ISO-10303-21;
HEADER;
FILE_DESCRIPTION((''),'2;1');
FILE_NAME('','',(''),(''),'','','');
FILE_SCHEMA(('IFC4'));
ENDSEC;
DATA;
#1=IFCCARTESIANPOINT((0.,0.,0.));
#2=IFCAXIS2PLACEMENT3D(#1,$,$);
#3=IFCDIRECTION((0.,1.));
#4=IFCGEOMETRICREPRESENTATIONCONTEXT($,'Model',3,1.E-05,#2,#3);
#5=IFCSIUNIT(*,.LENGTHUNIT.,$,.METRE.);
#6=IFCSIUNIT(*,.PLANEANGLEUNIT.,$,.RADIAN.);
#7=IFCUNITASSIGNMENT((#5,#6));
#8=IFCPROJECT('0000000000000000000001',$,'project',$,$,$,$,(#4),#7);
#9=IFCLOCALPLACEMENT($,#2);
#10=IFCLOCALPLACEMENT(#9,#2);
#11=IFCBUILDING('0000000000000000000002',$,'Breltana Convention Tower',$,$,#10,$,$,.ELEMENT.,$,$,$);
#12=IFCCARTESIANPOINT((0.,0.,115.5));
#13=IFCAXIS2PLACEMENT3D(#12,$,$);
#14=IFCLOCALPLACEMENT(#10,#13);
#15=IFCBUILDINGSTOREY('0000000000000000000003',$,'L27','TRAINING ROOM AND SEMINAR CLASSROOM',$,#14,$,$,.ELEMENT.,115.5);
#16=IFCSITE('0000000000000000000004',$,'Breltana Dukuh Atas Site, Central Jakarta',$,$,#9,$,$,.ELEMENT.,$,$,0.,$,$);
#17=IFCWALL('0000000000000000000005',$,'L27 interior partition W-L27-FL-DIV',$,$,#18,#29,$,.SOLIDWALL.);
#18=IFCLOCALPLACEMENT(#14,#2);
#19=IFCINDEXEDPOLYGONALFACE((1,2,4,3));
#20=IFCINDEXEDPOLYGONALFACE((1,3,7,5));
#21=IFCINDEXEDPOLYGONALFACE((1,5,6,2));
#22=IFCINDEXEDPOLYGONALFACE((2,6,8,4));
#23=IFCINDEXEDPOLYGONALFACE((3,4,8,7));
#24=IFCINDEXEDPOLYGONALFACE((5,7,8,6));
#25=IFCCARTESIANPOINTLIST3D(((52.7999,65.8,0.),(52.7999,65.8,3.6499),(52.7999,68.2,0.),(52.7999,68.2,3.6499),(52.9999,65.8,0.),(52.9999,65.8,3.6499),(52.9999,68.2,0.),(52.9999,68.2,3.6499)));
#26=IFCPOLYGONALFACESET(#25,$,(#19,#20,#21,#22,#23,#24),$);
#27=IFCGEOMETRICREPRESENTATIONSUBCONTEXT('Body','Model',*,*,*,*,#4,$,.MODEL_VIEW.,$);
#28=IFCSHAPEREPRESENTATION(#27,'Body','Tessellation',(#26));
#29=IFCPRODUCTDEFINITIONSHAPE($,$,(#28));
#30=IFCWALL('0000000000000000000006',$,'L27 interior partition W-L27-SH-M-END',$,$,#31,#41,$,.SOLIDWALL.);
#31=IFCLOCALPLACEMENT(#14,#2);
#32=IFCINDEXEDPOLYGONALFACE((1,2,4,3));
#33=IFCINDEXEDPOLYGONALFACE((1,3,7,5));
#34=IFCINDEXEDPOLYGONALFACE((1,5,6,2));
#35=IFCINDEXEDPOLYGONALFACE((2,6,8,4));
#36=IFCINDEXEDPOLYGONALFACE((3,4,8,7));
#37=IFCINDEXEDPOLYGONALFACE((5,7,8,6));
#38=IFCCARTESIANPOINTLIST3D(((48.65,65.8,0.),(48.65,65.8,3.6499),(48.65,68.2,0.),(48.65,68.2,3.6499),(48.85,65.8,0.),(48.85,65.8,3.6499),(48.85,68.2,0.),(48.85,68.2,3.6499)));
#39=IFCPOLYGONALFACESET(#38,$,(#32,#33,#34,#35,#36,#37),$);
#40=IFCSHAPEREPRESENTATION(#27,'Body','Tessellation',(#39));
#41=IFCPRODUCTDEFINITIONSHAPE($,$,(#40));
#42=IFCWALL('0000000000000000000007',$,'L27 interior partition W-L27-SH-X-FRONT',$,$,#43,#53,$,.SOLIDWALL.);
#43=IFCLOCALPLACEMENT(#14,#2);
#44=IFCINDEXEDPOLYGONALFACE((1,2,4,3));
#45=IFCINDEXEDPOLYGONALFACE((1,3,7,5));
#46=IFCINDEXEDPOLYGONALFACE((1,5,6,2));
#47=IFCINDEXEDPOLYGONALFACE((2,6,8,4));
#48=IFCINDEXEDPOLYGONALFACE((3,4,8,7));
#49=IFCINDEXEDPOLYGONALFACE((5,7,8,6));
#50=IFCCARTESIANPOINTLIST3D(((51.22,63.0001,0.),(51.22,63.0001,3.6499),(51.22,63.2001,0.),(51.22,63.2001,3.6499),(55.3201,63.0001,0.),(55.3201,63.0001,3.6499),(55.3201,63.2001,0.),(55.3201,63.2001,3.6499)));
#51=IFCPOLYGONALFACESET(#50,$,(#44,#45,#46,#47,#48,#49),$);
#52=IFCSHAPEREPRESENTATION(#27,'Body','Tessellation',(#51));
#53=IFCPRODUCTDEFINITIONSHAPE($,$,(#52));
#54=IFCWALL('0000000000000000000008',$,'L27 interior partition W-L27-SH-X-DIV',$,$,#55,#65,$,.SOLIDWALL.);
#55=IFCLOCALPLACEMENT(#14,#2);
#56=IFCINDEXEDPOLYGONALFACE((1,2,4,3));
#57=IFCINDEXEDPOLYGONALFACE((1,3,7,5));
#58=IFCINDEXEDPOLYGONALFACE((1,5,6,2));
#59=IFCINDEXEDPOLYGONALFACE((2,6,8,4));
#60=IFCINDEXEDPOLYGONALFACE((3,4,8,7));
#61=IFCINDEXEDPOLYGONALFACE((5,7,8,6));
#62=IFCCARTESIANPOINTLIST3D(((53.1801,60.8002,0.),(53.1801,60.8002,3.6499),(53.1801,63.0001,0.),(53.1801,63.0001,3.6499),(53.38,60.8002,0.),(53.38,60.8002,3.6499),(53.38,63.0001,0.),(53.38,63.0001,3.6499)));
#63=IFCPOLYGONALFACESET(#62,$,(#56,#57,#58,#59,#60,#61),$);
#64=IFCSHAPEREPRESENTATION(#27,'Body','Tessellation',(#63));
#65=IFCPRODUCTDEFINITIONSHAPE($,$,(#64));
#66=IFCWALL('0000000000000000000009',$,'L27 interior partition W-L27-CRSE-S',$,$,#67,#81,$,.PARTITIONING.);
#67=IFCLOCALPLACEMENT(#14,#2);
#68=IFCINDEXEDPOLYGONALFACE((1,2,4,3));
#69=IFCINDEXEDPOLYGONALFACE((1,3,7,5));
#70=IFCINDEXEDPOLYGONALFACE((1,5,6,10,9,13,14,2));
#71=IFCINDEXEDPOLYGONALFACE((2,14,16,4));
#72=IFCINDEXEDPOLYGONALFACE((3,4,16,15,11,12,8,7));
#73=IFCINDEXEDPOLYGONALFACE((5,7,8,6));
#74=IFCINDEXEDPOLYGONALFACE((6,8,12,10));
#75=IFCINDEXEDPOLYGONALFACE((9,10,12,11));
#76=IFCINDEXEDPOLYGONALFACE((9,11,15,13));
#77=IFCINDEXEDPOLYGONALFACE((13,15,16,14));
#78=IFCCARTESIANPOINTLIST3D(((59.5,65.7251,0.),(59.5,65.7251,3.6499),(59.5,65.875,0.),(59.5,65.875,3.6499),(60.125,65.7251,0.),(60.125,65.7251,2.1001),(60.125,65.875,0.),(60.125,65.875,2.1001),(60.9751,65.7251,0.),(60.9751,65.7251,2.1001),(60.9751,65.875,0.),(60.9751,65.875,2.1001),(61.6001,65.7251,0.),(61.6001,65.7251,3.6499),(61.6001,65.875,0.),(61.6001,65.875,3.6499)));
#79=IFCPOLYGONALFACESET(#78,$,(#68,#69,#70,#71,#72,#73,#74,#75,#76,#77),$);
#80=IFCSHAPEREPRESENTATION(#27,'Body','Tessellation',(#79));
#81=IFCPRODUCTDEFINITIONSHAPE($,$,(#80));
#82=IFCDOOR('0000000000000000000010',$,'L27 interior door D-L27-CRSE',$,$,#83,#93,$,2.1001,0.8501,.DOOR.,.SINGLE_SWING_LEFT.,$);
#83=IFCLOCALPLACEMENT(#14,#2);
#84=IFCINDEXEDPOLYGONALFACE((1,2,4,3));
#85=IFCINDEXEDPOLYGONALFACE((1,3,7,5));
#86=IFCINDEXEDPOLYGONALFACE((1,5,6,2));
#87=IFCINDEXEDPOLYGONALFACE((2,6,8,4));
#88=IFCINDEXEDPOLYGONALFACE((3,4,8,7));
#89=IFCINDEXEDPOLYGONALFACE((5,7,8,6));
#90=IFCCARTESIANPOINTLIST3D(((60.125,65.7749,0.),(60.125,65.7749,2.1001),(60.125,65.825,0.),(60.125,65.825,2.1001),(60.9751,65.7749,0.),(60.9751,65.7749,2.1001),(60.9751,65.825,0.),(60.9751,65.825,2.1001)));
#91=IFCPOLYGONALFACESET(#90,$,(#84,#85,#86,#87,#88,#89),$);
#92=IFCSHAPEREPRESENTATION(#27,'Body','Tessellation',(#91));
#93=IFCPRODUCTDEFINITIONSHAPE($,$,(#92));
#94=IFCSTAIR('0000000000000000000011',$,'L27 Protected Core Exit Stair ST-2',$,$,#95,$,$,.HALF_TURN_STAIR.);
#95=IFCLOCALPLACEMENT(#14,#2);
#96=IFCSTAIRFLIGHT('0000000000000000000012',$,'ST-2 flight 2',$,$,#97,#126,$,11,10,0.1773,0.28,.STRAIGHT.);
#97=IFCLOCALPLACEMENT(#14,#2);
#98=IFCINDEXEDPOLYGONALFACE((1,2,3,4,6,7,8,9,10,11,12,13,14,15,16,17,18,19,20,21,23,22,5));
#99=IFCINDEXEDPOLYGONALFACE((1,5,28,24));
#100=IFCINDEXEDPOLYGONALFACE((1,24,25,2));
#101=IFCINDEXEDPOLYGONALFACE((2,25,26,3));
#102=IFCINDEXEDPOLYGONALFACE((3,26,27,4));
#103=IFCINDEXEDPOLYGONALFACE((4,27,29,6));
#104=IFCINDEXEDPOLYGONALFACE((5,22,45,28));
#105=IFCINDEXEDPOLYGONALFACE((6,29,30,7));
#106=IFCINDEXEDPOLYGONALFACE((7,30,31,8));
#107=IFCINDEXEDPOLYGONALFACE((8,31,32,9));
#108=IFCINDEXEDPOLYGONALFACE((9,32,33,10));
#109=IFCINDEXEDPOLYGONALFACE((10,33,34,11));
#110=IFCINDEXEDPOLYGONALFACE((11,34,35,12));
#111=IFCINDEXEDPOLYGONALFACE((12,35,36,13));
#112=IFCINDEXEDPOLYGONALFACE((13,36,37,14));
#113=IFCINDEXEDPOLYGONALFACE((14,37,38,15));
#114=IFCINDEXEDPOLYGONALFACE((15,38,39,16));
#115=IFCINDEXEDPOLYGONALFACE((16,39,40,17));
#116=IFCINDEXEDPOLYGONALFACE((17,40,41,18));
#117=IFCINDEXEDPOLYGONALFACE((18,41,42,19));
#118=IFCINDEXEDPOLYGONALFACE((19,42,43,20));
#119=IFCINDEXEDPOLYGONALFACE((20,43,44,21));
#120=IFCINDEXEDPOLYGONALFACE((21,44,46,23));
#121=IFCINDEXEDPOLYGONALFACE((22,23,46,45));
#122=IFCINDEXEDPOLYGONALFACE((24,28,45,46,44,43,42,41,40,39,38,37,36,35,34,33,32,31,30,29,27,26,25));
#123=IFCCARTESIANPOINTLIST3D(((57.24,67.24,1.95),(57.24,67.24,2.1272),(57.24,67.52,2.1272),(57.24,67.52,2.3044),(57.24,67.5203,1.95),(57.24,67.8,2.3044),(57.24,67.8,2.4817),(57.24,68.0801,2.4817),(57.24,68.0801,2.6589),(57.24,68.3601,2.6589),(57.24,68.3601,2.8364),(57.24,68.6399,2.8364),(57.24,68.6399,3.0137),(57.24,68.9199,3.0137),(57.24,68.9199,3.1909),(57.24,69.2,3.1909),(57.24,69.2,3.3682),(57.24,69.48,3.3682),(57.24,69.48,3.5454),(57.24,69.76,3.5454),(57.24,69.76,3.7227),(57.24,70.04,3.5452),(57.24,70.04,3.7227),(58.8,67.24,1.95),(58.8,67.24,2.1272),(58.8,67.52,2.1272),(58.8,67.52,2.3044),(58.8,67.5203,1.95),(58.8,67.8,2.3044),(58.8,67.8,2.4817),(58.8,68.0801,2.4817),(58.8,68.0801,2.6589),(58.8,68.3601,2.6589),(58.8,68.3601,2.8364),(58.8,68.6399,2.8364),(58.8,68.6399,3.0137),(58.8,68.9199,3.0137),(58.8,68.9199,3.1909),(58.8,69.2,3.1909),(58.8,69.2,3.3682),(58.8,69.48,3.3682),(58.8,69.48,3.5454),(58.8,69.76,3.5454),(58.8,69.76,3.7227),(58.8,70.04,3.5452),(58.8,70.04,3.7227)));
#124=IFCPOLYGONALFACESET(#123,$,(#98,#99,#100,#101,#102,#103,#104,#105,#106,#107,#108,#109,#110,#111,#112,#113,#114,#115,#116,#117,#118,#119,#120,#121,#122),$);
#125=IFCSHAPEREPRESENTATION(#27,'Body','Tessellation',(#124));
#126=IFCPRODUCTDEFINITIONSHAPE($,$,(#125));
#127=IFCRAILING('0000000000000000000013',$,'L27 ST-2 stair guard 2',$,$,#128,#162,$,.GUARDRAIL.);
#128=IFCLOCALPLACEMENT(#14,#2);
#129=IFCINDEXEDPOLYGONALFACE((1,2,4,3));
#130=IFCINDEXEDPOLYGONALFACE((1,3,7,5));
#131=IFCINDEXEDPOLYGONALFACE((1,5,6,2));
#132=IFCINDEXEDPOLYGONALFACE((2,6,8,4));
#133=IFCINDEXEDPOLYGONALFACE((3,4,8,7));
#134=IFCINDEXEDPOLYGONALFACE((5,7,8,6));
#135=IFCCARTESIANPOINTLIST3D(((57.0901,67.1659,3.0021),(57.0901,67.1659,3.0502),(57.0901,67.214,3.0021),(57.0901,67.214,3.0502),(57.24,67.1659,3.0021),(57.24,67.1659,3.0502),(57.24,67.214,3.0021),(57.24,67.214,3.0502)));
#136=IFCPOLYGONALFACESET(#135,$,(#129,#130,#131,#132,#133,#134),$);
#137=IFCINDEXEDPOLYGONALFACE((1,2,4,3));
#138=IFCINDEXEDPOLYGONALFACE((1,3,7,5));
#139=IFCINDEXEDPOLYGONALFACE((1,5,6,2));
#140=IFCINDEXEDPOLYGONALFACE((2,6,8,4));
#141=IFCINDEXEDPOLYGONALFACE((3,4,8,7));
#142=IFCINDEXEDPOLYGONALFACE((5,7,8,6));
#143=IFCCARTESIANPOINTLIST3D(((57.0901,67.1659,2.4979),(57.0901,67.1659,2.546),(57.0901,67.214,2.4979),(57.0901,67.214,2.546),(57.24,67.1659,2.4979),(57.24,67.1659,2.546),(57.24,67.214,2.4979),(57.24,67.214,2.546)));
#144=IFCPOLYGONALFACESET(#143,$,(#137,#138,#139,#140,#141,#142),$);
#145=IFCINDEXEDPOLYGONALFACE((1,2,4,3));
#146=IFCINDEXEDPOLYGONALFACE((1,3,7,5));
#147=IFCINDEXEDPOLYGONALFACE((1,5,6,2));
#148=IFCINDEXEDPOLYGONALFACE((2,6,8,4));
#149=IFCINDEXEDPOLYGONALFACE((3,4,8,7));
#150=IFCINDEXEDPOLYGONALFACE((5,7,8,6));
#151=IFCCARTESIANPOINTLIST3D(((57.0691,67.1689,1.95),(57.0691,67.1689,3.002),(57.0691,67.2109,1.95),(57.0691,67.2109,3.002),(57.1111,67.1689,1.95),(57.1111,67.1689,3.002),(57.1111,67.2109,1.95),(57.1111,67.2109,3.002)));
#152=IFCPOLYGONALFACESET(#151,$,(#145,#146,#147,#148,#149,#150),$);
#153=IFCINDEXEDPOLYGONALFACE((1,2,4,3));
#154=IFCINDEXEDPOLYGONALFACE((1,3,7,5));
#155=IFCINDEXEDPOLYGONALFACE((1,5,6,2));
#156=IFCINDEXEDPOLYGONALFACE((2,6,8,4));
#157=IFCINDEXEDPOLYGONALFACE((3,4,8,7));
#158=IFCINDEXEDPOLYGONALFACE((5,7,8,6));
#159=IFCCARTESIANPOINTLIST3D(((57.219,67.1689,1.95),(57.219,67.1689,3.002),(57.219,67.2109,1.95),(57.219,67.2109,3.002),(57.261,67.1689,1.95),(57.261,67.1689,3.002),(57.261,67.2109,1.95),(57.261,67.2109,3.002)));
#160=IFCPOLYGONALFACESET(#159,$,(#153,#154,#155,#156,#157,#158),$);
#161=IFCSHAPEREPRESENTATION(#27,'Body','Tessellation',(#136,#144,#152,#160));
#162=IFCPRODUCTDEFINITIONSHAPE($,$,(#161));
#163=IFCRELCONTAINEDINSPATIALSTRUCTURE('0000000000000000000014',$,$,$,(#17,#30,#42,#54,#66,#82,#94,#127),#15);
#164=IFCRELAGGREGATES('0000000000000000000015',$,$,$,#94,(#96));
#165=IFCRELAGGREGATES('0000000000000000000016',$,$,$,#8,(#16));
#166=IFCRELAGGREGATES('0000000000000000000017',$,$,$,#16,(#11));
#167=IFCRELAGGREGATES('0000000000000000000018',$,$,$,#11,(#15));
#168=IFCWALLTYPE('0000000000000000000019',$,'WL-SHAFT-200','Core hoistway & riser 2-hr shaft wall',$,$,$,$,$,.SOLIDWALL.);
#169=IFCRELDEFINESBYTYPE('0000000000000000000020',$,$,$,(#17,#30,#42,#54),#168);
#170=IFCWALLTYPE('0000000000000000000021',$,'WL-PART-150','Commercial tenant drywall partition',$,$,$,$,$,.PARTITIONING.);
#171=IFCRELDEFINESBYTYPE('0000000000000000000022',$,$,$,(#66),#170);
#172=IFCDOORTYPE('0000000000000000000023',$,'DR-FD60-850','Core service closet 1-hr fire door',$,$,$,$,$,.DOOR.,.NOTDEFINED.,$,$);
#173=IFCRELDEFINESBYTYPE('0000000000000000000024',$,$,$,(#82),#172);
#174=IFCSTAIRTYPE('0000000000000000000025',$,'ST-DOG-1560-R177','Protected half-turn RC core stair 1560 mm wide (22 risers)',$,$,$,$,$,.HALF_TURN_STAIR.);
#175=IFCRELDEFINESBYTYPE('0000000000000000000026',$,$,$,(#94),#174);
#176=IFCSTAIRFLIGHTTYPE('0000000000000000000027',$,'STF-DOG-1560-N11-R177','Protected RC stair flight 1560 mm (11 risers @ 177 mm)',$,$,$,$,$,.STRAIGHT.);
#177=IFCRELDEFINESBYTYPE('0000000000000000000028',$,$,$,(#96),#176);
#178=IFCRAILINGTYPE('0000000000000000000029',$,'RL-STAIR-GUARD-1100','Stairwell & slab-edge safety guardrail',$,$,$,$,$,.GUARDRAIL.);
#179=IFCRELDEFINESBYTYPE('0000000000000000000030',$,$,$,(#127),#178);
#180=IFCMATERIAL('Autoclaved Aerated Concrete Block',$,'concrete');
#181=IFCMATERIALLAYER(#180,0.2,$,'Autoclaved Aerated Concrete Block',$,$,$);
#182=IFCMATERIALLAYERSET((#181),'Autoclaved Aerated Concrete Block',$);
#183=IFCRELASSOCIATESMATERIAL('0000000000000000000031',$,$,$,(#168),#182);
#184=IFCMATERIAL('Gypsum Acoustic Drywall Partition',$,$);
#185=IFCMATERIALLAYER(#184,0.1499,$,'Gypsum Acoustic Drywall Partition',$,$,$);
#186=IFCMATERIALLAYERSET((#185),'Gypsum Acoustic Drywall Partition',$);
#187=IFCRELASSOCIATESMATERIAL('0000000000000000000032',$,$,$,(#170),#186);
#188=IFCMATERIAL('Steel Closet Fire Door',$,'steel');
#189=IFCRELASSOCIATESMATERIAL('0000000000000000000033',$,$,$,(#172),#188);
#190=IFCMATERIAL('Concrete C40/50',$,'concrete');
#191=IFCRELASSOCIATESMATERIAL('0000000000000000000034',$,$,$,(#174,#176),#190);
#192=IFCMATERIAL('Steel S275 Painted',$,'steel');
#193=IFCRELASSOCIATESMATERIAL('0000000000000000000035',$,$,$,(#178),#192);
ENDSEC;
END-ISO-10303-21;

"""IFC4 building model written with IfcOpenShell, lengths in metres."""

from ifc_helpers import new_model, si_unit, direction, frame, frame_2d, origin, origin_2d, place, context, subcontext, project, spatial, polyline, rectangle, outline, extrude, source, transform, mapped, material, layer, layer_set, type_object, type_shapes, element, fill, aggregate, save


model = new_model("IFC4")

# Units and contexts
model_context = context("Model", 3, precision=1e-05, world=origin(), true_north=direction((0.0, 1.0)))
body_context = subcontext(model_context, "Body", "Model", "MODEL_VIEW")
ifc_project = project(units=[si_unit("LENGTHUNIT", "METRE"), si_unit("PLANEANGLEUNIT", "RADIAN")], contexts=[model_context])

# Site, building, storey
site_placement = place(None, origin())
site = spatial("IfcSite", under=ifc_project, at=site_placement, Name="Breltana Dukuh Atas Site, Central Jakarta", CompositionType="ELEMENT", RefElevation=0.0)
building_placement = place(site_placement, origin())
building = spatial("IfcBuilding", under=site, at=building_placement, Name="Breltana Convention Tower", CompositionType="ELEMENT")
storey_placement = place(building_placement, frame((0.0, 0.0, 115.5)))
storey = spatial("IfcBuildingStorey", under=building, at=storey_placement, Name="L27", Description="TRAINING ROOM AND SEMINAR CLASSROOM", CompositionType="ELEMENT", Elevation=115.5)

# Walls
ifc_material_1 = material(Name="Autoclaved Aerated Concrete Block", Category="concrete")
ifc_layer_1 = layer(ifc_material_1, 0.2, Name="Autoclaved Aerated Concrete Block")
ifc_layer_set_1 = layer_set([ifc_layer_1], Name="Autoclaved Aerated Concrete Block")
wall_type_1 = type_object("IfcWallType", Name="WL-SHAFT-200", Description="Core hoistway & riser 2-hr shaft wall", PredefinedType="SOLIDWALL", material=ifc_layer_set_1)
shared_shape_1 = source(origin(), body_context, "Body", "SweptSolid", [
    extrude(rectangle(XDim=2.3999, YDim=0.2, at=frame_2d((1.2, 0.0))), origin(), (0.0, 0.0, 1.0), 3.6499),
])
for number, where, z_axis, x_axis, name in (
    (1, (52.8999, 65.8, 0.0), (0.0, 0.0, 1.0), (0.0, 1.0, 0.0), "L27 interior partition W-L27-FL-DIV"),
    (2, (48.75, 65.8, 0.0), (0.0, 0.0, 1.0), (0.0, 1.0, 0.0), "L27 interior partition W-L27-SH-M-END"),
):
    element("IfcWall", number, at=place(storey_placement, frame(where, z_axis=z_axis, x_axis=x_axis)), inside=storey, type_object=wall_type_1, Name=name, PredefinedType="SOLIDWALL", context=body_context, shape_type="MappedRepresentation", body=[
        mapped(shared_shape_1, transform((0.0, 0.0, 0.0), scale=1.0)),
    ])
shared_shape_2 = source(origin(), body_context, "Body", "SweptSolid", [
    extrude(rectangle(XDim=4.1001, YDim=0.2, at=frame_2d((2.05, 0.0))), origin(), (0.0, 0.0, 1.0), 3.6499),
])
wall_1_placement = place(storey_placement, frame((51.22, 63.1001, 0.0), z_axis=(0.0, 0.0, 1.0), x_axis=(1.0, 0.0, 0.0)))
element("IfcWall", 3, at=wall_1_placement, inside=storey, type_object=wall_type_1, Name="L27 interior partition W-L27-SH-X-FRONT", PredefinedType="SOLIDWALL", context=body_context, shape_type="MappedRepresentation", body=[
    mapped(shared_shape_2, transform((0.0, 0.0, 0.0), scale=1.0)),
])
shared_shape_3 = source(origin(), body_context, "Body", "SweptSolid", [
    extrude(rectangle(XDim=2.2, YDim=0.2, at=frame_2d((1.1001, 0.0))), origin(), (0.0, 0.0, 1.0), 3.6499),
])
wall_2_placement = place(storey_placement, frame((53.28, 60.8, 0.0), z_axis=(0.0, 0.0, 1.0), x_axis=(0.0, 1.0, 0.0)))
element("IfcWall", 4, at=wall_2_placement, inside=storey, type_object=wall_type_1, Name="L27 interior partition W-L27-SH-X-DIV", PredefinedType="SOLIDWALL", context=body_context, shape_type="MappedRepresentation", body=[
    mapped(shared_shape_3, transform((0.0, 0.0, 0.0), scale=1.0)),
])

# Wall, opening, door
ifc_material_2 = material(Name="Gypsum Acoustic Drywall Partition")
ifc_layer_2 = layer(ifc_material_2, 0.1499, Name="Gypsum Acoustic Drywall Partition")
ifc_layer_set_2 = layer_set([ifc_layer_2], Name="Gypsum Acoustic Drywall Partition")
wall_type_2 = type_object("IfcWallType", Name="WL-PART-150", Description="Commercial tenant drywall partition", PredefinedType="PARTITIONING", material=ifc_layer_set_2)
shared_shape_4 = source(origin(), body_context, "Body", "SweptSolid", [
    extrude(rectangle(XDim=2.1001, YDim=0.1499, at=frame_2d((1.05, 0.0))), origin(), (0.0, 0.0, 1.0), 3.6499),
])
wall_3_placement = place(storey_placement, frame((59.5, 65.8, 0.0), z_axis=(0.0, 0.0, 1.0), x_axis=(1.0, 0.0, 0.0)))
wall_3 = element("IfcWall", 5, at=wall_3_placement, inside=storey, type_object=wall_type_2, Name="L27 interior partition W-L27-CRSE-S", PredefinedType="PARTITIONING", context=body_context, shape_type="MappedRepresentation", body=[
    mapped(shared_shape_4, transform((0.0, 0.0, 0.0), scale=1.0)),
])
opening_1_placement = place(wall_3_placement, frame((0.625, 0.0, 0.0)))
opening_1 = element("IfcOpeningElement", 6, at=opening_1_placement, cuts=wall_3, PredefinedType="OPENING", context=body_context, shape_type="SweptSolid", body=[
    extrude(rectangle(XDim=0.8501, YDim=2.1001, at=frame_2d((0.425, 1.05))), frame((0.0, 0.085, 0.0), z_axis=(0.0, -1.0, 0.0), x_axis=(1.0, 0.0, 0.0)), (0.0, 0.0, 1.0), 0.1699),
])
ifc_material_3 = material(Name="Steel Closet Fire Door", Category="steel")
door_type_1 = type_object("IfcDoorType", Name="DR-FD60-850", Description="Core service closet 1-hr fire door", OperationType="NOTDEFINED", PredefinedType="DOOR", material=ifc_material_3)
shared_shape_5 = source(origin(), body_context, "Body", "SweptSolid", [
    extrude(rectangle(XDim=0.8501, YDim=2.1001, at=frame_2d((0.425, 1.05))), frame((0.0, 0.0249, 0.0), z_axis=(0.0, -1.0, 0.0), x_axis=(1.0, 0.0, 0.0)), (0.0, 0.0, 1.0), 0.05),
])
type_shapes(door_type_1, [shared_shape_5])
door_1_placement = place(opening_1_placement, origin())
door_1 = element("IfcDoor", 7, at=door_1_placement, inside=storey, type_object=door_type_1, Name="L27 interior door D-L27-CRSE", OperationType="SINGLE_SWING_LEFT", OverallHeight=2.1001, OverallWidth=0.8501, PredefinedType="DOOR", context=body_context, shape_type="MappedRepresentation", body=[
    mapped(shared_shape_5, transform((0.0, 0.0, 0.0), scale=1.0)),
])
fill(opening_1, door_1)

# Stair, stair flight
ifc_material_4 = material(Name="Concrete C40/50", Category="concrete")
stair_type = type_object("IfcStairType", Name="ST-DOG-1560-R177", Description="Protected half-turn RC core stair 1560 mm wide (22 risers)", PredefinedType="HALF_TURN_STAIR", material=ifc_material_4)
stair_placement = place(storey_placement, origin())
stair = element("IfcStair", 8, at=stair_placement, inside=storey, type_object=stair_type, Name="L27 Protected Core Exit Stair ST-2", PredefinedType="HALF_TURN_STAIR")
stair_flight_type = type_object("IfcStairFlightType", Name="STF-DOG-1560-N11-R177", Description="Protected RC stair flight 1560 mm (11 risers @ 177 mm)", PredefinedType="STRAIGHT", material=ifc_material_4)
stair_flight_placement = place(storey_placement, frame((58.02, 67.24, 1.95), z_axis=(0.0, 0.0, 1.0), x_axis=(0.0, 1.0, 0.0)))
stair_flight = element("IfcStairFlight", 9, at=stair_flight_placement, type_object=stair_flight_type, Name="ST-2 flight 2", NumberOfRisers=11, NumberOfTreads=10, PredefinedType="STRAIGHT", RiserHeight=0.1773, TreadLength=0.28, context=body_context, shape_type="SweptSolid", body=[
    extrude(outline(polyline([(0.0, 0.0), (0.0, 0.1772), (0.28, 0.1772), (0.28, 0.3545), (0.5601, 0.3545), (0.5601, 0.5317), (0.8401, 0.5317), (0.8401, 0.709), (1.1201, 0.709), (1.1201, 0.8865), (1.3999, 0.8865), (1.3999, 1.0637), (1.6799, 1.0637), (1.6799, 1.241), (1.96, 1.241), (1.96, 1.4182), (2.24, 1.4182), (2.24, 1.5955), (2.52, 1.5955), (2.52, 1.7727), (2.8, 1.7727), (2.8, 1.95), (2.8, 1.5952), (0.2803, 0.0), (0.0, 0.0)])), frame((0.0, 0.78, 0.0), z_axis=(0.0, -1.0, 0.0), x_axis=(1.0, 0.0, 0.0)), (0.0, 0.0, 1.0), 1.5601),
])
aggregate(stair, [stair_flight])

# Railing
ifc_material_5 = material(Name="Steel S275 Painted", Category="steel")
railing_type = type_object("IfcRailingType", Name="RL-STAIR-GUARD-1100", Description="Stairwell & slab-edge safety guardrail", PredefinedType="GUARDRAIL", material=ifc_material_5)
railing_1_placement = place(storey_placement, frame((57.0901, 67.1899, 1.95)))
element("IfcRailing", 10, at=railing_1_placement, inside=storey, type_object=railing_type, Name="L27 ST-2 stair guard 2", PredefinedType="GUARDRAIL", context=body_context, shape_type="SweptSolid", body=[
    extrude(rectangle(XDim=0.0481, YDim=0.0481, at=origin_2d()), frame((0.0, 0.0, 1.0762), z_axis=(1.0, 0.0, 0.0), x_axis=(0.0, 1.0, 0.0)), (0.0, 0.0, 1.0), 0.1499),
    extrude(rectangle(XDim=0.0481, YDim=0.0481, at=origin_2d()), frame((0.0, 0.0, 0.572), z_axis=(1.0, 0.0, 0.0), x_axis=(0.0, 1.0, 0.0)), (0.0, 0.0, 1.0), 0.1499),
    extrude(rectangle(XDim=0.042, YDim=0.042, at=origin_2d()), origin(), (0.0, 0.0, 1.0), 1.052),
    extrude(rectangle(XDim=0.042, YDim=0.042, at=origin_2d()), frame((0.1499, 0.0, 0.0)), (0.0, 0.0, 1.0), 1.052),
])

save(model, "model.ifc")
